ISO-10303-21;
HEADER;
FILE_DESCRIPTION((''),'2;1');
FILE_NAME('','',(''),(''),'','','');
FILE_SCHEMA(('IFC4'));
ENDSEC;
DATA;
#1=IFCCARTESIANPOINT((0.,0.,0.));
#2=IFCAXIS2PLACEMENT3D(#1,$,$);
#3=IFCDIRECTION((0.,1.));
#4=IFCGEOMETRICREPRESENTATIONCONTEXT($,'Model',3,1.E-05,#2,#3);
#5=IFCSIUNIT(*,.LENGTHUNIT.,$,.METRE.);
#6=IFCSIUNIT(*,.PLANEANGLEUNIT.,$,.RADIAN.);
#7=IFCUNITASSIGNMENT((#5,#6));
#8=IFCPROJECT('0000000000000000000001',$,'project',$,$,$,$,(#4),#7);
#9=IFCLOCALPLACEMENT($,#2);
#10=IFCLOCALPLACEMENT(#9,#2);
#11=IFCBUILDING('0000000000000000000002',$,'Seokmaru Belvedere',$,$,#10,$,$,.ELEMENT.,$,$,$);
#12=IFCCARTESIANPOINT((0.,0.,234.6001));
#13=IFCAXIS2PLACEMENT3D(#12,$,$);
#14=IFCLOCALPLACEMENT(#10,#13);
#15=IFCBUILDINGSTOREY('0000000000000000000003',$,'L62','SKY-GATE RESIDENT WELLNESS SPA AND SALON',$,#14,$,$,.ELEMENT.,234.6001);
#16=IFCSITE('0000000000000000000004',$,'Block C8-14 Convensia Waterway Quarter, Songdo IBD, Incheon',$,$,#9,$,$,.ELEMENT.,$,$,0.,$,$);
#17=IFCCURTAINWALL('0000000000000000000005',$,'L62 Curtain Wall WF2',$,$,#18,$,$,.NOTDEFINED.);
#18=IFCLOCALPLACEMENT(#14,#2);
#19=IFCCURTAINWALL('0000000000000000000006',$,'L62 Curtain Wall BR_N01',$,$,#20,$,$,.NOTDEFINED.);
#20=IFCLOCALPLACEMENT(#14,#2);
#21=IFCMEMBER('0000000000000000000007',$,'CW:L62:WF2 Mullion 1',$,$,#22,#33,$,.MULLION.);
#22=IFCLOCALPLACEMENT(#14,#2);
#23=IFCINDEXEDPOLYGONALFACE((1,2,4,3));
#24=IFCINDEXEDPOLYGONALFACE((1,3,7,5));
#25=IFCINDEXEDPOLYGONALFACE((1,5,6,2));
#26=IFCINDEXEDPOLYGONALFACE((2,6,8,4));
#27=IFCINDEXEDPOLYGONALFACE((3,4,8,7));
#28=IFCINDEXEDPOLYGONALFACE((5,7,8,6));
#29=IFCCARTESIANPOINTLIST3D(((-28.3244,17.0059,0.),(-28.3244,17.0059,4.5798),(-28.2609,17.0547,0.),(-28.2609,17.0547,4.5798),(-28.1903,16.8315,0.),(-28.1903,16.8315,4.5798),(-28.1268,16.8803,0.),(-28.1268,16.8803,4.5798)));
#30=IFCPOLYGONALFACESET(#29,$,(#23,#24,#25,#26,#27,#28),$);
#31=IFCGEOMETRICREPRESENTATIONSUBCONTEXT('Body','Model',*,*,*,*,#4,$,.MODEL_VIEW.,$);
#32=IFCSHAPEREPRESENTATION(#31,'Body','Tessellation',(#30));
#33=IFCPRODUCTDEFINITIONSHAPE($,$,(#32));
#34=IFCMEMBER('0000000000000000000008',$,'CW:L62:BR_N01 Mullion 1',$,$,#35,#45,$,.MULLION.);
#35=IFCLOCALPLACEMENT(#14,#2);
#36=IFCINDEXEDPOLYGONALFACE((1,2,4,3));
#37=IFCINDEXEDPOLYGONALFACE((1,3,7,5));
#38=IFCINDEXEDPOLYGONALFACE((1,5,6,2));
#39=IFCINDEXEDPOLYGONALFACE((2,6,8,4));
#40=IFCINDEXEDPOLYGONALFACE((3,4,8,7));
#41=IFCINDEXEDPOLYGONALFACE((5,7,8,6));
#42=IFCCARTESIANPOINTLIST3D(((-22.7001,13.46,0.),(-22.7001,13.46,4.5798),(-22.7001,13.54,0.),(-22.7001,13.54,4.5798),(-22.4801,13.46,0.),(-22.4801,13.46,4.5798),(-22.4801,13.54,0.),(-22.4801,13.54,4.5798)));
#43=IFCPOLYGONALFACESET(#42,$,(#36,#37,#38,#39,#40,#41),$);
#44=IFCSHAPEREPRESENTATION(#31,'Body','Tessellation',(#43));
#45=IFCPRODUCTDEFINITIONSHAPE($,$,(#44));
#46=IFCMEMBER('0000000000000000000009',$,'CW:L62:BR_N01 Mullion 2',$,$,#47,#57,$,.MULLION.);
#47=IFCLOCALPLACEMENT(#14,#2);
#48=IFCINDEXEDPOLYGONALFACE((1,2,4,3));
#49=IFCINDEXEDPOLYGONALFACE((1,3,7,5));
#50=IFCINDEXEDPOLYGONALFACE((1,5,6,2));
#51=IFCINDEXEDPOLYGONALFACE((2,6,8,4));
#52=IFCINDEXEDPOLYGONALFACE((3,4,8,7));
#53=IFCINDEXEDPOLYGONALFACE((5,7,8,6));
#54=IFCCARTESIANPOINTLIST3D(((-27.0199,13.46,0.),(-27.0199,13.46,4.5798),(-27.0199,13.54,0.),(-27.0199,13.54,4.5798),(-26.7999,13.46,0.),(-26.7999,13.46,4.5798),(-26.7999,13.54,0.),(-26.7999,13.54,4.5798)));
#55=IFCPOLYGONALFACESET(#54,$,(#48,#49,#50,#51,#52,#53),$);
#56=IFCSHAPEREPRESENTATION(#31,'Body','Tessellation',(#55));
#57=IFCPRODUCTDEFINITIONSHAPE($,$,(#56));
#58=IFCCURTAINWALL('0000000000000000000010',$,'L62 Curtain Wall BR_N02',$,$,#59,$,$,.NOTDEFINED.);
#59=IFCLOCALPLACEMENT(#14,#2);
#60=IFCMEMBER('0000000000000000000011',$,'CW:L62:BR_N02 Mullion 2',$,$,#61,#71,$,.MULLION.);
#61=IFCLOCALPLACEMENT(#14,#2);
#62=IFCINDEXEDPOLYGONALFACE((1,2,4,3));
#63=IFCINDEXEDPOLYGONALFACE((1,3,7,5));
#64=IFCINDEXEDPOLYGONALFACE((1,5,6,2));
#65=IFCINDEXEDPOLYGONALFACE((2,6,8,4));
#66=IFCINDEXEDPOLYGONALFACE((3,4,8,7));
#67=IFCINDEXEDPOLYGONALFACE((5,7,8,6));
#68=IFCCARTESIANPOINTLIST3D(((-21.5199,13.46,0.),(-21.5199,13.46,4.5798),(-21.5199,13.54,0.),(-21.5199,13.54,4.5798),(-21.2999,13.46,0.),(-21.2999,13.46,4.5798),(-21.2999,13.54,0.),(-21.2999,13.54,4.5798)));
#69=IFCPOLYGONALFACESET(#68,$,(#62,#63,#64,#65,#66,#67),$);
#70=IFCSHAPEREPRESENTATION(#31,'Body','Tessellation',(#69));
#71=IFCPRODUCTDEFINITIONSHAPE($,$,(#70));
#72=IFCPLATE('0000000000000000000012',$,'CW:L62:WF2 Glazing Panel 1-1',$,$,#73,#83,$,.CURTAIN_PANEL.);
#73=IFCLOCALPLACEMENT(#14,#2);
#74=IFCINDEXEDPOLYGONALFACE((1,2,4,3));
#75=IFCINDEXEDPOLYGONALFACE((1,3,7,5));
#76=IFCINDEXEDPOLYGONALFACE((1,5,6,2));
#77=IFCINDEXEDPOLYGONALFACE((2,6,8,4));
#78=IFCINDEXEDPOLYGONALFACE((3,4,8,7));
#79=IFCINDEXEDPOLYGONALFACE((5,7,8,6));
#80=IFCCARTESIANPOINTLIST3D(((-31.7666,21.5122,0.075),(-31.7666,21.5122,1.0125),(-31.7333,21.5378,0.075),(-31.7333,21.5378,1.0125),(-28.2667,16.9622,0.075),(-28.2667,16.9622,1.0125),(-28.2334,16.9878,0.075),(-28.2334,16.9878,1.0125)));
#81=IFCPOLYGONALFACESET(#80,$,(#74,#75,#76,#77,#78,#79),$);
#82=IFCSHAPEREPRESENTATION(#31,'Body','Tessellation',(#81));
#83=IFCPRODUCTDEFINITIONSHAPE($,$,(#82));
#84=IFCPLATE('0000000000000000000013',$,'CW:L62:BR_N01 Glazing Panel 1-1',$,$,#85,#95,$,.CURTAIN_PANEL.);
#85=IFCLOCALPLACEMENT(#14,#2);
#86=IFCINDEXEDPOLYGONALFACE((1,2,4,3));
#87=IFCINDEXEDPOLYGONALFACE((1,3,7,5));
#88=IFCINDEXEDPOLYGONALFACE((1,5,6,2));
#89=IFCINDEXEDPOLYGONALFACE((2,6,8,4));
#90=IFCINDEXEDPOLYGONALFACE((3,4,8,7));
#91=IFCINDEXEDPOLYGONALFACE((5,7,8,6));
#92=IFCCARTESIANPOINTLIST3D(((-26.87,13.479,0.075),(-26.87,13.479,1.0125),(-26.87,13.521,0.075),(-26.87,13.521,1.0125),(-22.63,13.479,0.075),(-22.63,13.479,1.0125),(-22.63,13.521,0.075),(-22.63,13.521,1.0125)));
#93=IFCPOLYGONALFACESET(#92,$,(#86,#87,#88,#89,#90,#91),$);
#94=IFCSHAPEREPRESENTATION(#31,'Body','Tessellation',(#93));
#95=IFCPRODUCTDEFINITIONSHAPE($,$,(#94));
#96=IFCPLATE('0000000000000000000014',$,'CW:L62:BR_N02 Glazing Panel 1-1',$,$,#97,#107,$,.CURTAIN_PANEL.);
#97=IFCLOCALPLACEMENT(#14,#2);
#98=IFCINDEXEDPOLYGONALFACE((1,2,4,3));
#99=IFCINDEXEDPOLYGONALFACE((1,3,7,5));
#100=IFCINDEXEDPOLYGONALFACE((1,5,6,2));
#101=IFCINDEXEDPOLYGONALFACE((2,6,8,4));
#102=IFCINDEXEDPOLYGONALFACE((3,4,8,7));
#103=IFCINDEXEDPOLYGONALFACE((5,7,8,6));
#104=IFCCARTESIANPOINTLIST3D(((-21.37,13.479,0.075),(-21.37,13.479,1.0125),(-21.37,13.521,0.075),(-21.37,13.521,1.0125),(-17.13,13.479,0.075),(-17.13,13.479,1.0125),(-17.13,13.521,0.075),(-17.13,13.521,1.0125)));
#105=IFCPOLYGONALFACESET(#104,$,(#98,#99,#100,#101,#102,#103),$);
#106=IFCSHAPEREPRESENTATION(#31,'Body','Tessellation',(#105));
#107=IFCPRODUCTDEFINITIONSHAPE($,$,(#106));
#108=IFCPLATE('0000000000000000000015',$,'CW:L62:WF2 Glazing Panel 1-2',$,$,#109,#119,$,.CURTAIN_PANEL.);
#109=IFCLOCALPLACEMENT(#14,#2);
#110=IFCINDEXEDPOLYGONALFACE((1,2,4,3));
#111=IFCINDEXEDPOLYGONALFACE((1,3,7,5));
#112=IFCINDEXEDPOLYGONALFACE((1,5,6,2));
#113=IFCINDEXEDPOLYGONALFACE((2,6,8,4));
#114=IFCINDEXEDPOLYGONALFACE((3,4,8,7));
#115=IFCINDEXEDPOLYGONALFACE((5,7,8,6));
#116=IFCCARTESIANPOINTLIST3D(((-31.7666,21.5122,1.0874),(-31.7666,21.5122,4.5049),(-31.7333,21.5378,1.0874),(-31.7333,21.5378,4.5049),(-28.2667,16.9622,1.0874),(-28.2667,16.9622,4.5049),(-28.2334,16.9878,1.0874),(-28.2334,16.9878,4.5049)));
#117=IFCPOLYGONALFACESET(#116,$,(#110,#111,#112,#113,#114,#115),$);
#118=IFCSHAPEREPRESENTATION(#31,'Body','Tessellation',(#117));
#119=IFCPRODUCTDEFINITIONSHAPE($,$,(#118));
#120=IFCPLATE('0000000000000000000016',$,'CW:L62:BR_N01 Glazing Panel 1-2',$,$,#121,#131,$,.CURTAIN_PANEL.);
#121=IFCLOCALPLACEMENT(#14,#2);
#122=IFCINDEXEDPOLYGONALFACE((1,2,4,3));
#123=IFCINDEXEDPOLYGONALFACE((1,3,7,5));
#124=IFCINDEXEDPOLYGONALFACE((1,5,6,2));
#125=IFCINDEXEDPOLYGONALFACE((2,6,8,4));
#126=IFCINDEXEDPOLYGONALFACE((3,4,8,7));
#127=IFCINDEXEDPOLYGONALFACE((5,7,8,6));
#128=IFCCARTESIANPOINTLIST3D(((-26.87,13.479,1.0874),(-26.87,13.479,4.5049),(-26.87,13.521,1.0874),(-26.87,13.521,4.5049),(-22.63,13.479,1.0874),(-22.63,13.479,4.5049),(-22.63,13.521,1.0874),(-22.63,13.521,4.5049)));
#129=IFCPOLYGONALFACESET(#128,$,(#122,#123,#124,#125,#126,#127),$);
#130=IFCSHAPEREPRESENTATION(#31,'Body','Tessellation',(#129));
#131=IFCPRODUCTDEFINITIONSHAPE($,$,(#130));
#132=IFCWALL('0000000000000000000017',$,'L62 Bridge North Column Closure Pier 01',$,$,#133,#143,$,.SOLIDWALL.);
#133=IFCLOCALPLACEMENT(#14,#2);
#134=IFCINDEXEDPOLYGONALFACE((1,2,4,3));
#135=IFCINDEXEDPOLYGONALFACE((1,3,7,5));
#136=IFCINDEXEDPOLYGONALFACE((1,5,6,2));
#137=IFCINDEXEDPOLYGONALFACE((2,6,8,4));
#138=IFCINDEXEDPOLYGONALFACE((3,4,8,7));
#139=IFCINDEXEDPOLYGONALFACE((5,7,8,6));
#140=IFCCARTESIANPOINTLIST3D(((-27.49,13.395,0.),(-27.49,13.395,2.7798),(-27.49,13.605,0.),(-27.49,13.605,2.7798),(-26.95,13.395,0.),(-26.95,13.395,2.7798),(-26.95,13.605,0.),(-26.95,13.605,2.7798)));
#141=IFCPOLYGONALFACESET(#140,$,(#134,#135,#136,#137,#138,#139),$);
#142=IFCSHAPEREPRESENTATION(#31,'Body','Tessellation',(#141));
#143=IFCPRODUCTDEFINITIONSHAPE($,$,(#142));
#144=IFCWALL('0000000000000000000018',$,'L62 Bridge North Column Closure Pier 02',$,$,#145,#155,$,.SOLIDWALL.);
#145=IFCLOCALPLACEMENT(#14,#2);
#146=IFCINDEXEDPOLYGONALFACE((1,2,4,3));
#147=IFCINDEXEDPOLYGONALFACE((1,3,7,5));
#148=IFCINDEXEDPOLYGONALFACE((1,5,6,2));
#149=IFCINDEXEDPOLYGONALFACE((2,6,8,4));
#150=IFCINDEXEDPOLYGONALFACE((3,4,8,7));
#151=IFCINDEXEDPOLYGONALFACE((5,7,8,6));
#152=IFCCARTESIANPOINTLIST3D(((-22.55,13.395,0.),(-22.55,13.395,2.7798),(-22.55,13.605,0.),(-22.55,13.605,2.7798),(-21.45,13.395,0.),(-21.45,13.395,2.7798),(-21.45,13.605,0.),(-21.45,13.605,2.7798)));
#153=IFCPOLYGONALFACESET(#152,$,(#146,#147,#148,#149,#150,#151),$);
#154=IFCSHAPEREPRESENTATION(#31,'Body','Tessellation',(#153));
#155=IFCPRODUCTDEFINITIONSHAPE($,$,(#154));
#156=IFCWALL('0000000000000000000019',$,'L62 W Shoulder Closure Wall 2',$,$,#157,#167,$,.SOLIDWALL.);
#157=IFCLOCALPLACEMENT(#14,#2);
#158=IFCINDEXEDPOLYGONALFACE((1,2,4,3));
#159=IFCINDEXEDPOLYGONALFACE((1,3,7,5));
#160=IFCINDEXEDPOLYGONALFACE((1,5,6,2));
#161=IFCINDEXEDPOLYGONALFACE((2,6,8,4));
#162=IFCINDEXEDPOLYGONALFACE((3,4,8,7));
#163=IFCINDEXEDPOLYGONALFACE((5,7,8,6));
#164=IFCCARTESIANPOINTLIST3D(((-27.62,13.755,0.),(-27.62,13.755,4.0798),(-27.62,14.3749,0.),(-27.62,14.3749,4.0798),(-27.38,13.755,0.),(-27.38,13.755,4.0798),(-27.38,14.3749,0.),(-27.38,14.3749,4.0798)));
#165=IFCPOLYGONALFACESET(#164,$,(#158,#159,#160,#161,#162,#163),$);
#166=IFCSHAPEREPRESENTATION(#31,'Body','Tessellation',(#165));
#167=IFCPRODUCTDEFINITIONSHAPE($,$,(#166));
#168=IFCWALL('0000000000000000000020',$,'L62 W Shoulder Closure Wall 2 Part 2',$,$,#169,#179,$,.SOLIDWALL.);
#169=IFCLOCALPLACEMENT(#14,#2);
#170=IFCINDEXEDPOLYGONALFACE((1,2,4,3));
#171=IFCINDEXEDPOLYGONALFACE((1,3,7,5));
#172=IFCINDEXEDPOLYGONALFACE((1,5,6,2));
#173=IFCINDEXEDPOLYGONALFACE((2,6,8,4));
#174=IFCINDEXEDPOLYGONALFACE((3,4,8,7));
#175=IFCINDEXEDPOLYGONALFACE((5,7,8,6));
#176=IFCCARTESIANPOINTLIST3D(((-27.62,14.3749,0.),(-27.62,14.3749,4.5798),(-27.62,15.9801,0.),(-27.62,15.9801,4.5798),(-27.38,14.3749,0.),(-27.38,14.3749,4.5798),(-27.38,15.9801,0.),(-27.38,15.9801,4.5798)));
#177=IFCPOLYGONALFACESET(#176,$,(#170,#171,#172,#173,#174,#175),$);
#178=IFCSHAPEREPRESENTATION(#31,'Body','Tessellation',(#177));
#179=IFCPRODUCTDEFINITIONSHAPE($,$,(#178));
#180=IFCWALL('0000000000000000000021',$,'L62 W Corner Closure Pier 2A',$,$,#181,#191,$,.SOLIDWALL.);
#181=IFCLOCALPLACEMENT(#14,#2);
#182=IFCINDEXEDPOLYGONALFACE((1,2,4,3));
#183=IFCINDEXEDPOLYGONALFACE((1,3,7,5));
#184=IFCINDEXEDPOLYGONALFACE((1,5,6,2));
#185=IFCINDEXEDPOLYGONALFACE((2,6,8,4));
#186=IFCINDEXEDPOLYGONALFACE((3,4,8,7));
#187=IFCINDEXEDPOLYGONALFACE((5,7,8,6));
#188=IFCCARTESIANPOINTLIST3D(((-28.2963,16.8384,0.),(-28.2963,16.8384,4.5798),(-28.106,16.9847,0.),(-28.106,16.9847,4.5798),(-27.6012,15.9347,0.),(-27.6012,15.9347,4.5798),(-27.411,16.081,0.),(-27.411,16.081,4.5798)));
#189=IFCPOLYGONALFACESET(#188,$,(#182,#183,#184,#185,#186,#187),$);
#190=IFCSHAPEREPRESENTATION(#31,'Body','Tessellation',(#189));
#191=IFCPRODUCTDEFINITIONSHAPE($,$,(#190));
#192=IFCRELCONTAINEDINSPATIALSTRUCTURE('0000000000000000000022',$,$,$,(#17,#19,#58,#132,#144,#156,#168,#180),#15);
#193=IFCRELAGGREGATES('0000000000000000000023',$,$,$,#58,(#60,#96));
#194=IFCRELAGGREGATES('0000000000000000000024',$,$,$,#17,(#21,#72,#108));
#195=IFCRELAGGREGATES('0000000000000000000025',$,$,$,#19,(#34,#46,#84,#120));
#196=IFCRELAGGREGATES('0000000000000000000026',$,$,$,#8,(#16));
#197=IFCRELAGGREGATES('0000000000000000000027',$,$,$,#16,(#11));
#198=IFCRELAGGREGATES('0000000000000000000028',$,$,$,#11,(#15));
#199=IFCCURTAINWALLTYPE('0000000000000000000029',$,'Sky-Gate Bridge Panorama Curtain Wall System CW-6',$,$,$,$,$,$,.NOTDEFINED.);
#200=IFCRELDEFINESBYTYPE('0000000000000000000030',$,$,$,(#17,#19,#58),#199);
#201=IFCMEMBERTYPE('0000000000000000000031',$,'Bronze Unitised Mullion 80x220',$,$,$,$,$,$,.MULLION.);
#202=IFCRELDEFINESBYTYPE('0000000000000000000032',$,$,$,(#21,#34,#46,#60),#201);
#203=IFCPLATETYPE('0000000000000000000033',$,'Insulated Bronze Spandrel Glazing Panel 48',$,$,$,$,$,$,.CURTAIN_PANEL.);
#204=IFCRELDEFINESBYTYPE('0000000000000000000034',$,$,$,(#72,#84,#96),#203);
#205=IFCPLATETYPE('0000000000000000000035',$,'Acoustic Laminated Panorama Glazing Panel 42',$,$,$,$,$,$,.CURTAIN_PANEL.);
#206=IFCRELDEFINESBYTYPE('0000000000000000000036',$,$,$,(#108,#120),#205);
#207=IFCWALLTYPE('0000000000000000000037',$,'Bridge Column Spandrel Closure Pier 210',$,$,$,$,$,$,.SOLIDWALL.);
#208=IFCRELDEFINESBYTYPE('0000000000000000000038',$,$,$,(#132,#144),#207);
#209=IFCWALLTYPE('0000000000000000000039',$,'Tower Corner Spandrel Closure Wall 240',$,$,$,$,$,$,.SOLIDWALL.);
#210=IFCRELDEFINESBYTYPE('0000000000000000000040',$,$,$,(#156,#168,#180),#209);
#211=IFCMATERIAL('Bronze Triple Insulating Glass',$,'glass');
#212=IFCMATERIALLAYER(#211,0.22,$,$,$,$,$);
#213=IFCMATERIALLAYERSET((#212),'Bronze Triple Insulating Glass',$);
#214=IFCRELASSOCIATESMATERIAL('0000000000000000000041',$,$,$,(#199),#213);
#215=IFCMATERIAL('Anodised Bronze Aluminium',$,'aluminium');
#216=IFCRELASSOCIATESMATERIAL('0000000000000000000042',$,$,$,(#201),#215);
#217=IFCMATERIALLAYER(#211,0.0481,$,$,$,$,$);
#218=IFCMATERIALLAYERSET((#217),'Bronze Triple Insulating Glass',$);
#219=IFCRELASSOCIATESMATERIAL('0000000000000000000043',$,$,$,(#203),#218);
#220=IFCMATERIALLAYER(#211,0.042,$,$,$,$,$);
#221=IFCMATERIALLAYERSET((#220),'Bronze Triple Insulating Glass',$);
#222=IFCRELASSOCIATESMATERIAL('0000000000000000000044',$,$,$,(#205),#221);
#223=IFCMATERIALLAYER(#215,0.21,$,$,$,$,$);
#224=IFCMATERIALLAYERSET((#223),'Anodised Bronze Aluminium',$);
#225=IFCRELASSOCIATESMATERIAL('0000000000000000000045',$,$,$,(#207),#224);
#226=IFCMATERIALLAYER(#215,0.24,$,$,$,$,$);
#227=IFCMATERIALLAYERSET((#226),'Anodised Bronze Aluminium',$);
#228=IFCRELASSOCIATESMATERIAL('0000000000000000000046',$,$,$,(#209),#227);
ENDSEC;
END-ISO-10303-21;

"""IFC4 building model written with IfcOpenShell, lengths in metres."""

from ifc_helpers import new_model, si_unit, direction, frame, frame_2d, origin, origin_2d, place, context, subcontext, project, spatial, rectangle, extrude, source, transform, mapped, material, layer, layer_set, material_profile, profile_set, type_object, type_shapes, element, aggregate, save


model = new_model("IFC4")

# Units and contexts
model_context = context("Model", 3, precision=1e-05, world=origin(), true_north=direction((0.0, 1.0)))
body_context = subcontext(model_context, "Body", "Model", "MODEL_VIEW")
ifc_project = project(units=[si_unit("LENGTHUNIT", "METRE"), si_unit("PLANEANGLEUNIT", "RADIAN")], contexts=[model_context])

# Site, building, storey
site_placement = place(None, origin())
site = spatial("IfcSite", under=ifc_project, at=site_placement, Name="Block C8-14 Convensia Waterway Quarter, Songdo IBD, Incheon", CompositionType="ELEMENT", RefElevation=0.0)
building_placement = place(site_placement, origin())
building = spatial("IfcBuilding", under=site, at=building_placement, Name="Seokmaru Belvedere", CompositionType="ELEMENT")
storey_placement = place(building_placement, frame((0.0, 0.0, 234.6001)))
storey = spatial("IfcBuildingStorey", under=building, at=storey_placement, Name="L62", Description="SKY-GATE RESIDENT WELLNESS SPA AND SALON", CompositionType="ELEMENT", Elevation=234.6001)

# Curtain walls
ifc_material_1 = material(Name="Bronze Triple Insulating Glass", Category="glass")
ifc_layer_1 = layer(ifc_material_1, 0.22)
ifc_layer_set_1 = layer_set([ifc_layer_1], Name="Bronze Triple Insulating Glass")
curtain_wall_type = type_object("IfcCurtainWallType", Name="Sky-Gate Bridge Panorama Curtain Wall System CW-6", PredefinedType="NOTDEFINED", material=ifc_layer_set_1)
curtain_wall_1_placement = place(storey_placement, origin())
curtain_wall_1 = element("IfcCurtainWall", 1, at=curtain_wall_1_placement, inside=storey, type_object=curtain_wall_type, Name="L62 Curtain Wall WF2", PredefinedType="NOTDEFINED")
ifc_material_2 = material(Name="Anodised Bronze Aluminium", Category="aluminium")
curtain_wall_2_placement = place(storey_placement, origin())
curtain_wall_2 = element("IfcCurtainWall", 2, at=curtain_wall_2_placement, inside=storey, type_object=curtain_wall_type, Name="L62 Curtain Wall BR_N01", PredefinedType="NOTDEFINED")

# Members
ifc_material_profile_1 = material_profile(ifc_material_2, rectangle(XDim=0.0801, YDim=0.22, at=origin_2d()), Name="CW-M-80x220")
ifc_profile_set_1 = profile_set([ifc_material_profile_1], Name="Anodised Bronze Aluminium")
member_type_1 = type_object("IfcMemberType", Name="Bronze Unitised Mullion 80x220", PredefinedType="MULLION", material=ifc_profile_set_1)
shared_shape_1 = source(origin(), body_context, "Body", "SweptSolid", [
    extrude(rectangle(XDim=0.0801, YDim=0.22, at=origin_2d()), origin(), (0.0, 0.0, 1.0), 4.5798),
])
type_shapes(member_type_1, [shared_shape_1])
member_1_placement = place(storey_placement, frame((-28.2256, 16.9431, 0.0), z_axis=(0.0, 0.0, 1.0), x_axis=(-0.792631, -0.609701, 0.0)))
member_1 = element("IfcMember", 3, at=member_1_placement, type_object=member_type_1, Name="CW:L62:WF2 Mullion 1", PredefinedType="MULLION", context=body_context, shape_type="MappedRepresentation", body=[
    mapped(shared_shape_1, transform((0.0, 0.0, 0.0), scale=1.0)),
])
member_2_placement = place(storey_placement, frame((-22.5901, 13.5, 0.0), z_axis=(0.0, 0.0, 1.0), x_axis=(0.0, -1.0, 0.0)))
member_2 = element("IfcMember", 4, at=member_2_placement, type_object=member_type_1, Name="CW:L62:BR_N01 Mullion 1", PredefinedType="MULLION", context=body_context, shape_type="MappedRepresentation", body=[
    mapped(shared_shape_1, transform((0.0, 0.0, 0.0), scale=1.0)),
])
member_3_placement = place(storey_placement, frame((-26.9099, 13.5, 0.0), z_axis=(0.0, 0.0, 1.0), x_axis=(0.0, -1.0, 0.0)))
member_3 = element("IfcMember", 5, at=member_3_placement, type_object=member_type_1, Name="CW:L62:BR_N01 Mullion 2", PredefinedType="MULLION", context=body_context, shape_type="MappedRepresentation", body=[
    mapped(shared_shape_1, transform((0.0, 0.0, 0.0), scale=1.0)),
])

# Curtain wall, member
curtain_wall_3_placement = place(storey_placement, origin())
curtain_wall_3 = element("IfcCurtainWall", 6, at=curtain_wall_3_placement, inside=storey, type_object=curtain_wall_type, Name="L62 Curtain Wall BR_N02", PredefinedType="NOTDEFINED")
member_4_placement = place(storey_placement, frame((-21.4099, 13.5, 0.0), z_axis=(0.0, 0.0, 1.0), x_axis=(0.0, -1.0, 0.0)))
member_4 = element("IfcMember", 7, at=member_4_placement, type_object=member_type_1, Name="CW:L62:BR_N02 Mullion 2", PredefinedType="MULLION", context=body_context, shape_type="MappedRepresentation", body=[
    mapped(shared_shape_1, transform((0.0, 0.0, 0.0), scale=1.0)),
])

# Plates
ifc_layer_2 = layer(ifc_material_1, 0.0481)
ifc_layer_set_2 = layer_set([ifc_layer_2], Name="Bronze Triple Insulating Glass")
plate_type_1 = type_object("IfcPlateType", Name="Insulated Bronze Spandrel Glazing Panel 48", PredefinedType="CURTAIN_PANEL", material=ifc_layer_set_2)
shared_shape_2 = source(origin(), body_context, "Body", "SweptSolid", [
    extrude(rectangle(XDim=5.7405, YDim=0.042, at=origin_2d()), origin(), (0.0, 0.0, 1.0), 0.9375),
])
plate_1_placement = place(storey_placement, frame((-30.0, 19.25, 0.075), z_axis=(0.0, 0.0, 1.0), x_axis=(-0.609701, 0.792631, 0.0)))
plate_1 = element("IfcPlate", 8, at=plate_1_placement, type_object=plate_type_1, Name="CW:L62:WF2 Glazing Panel 1-1", PredefinedType="CURTAIN_PANEL", context=body_context, shape_type="MappedRepresentation", body=[
    mapped(shared_shape_2, transform((0.0, 0.0, 0.0), scale=1.0)),
])
shared_shape_3 = source(origin(), body_context, "Body", "SweptSolid", [
    extrude(rectangle(XDim=4.24, YDim=0.042, at=origin_2d()), origin(), (0.0, 0.0, 1.0), 0.9375),
])
type_shapes(plate_type_1, [shared_shape_2, shared_shape_3])
plate_2_placement = place(storey_placement, frame((-24.75, 13.5, 0.075), z_axis=(0.0, 0.0, 1.0), x_axis=(-1.0, 0.0, 0.0)))
plate_2 = element("IfcPlate", 9, at=plate_2_placement, type_object=plate_type_1, Name="CW:L62:BR_N01 Glazing Panel 1-1", PredefinedType="CURTAIN_PANEL", context=body_context, shape_type="MappedRepresentation", body=[
    mapped(shared_shape_3, transform((0.0, 0.0, 0.0), scale=1.0)),
])
plate_3_placement = place(storey_placement, frame((-19.25, 13.5, 0.075), z_axis=(0.0, 0.0, 1.0), x_axis=(-1.0, 0.0, 0.0)))
plate_3 = element("IfcPlate", 10, at=plate_3_placement, type_object=plate_type_1, Name="CW:L62:BR_N02 Glazing Panel 1-1", PredefinedType="CURTAIN_PANEL", context=body_context, shape_type="MappedRepresentation", body=[
    mapped(shared_shape_3, transform((0.0, 0.0, 0.0), scale=1.0)),
])
aggregate(curtain_wall_3, [member_4, plate_3])
ifc_layer_3 = layer(ifc_material_1, 0.042)
ifc_layer_set_3 = layer_set([ifc_layer_3], Name="Bronze Triple Insulating Glass")
plate_type_2 = type_object("IfcPlateType", Name="Acoustic Laminated Panorama Glazing Panel 42", PredefinedType="CURTAIN_PANEL", material=ifc_layer_set_3)
shared_shape_4 = source(origin(), body_context, "Body", "SweptSolid", [
    extrude(rectangle(XDim=5.7405, YDim=0.042, at=origin_2d()), origin(), (0.0, 0.0, 1.0), 3.4175),
])
plate_4_placement = place(storey_placement, frame((-30.0, 19.25, 1.0874), z_axis=(0.0, 0.0, 1.0), x_axis=(-0.609701, 0.792631, 0.0)))
plate_4 = element("IfcPlate", 11, at=plate_4_placement, type_object=plate_type_2, Name="CW:L62:WF2 Glazing Panel 1-2", PredefinedType="CURTAIN_PANEL", context=body_context, shape_type="MappedRepresentation", body=[
    mapped(shared_shape_4, transform((0.0, 0.0, 0.0), scale=1.0)),
])
aggregate(curtain_wall_1, [member_1, plate_1, plate_4])
shared_shape_5 = source(origin(), body_context, "Body", "SweptSolid", [
    extrude(rectangle(XDim=4.24, YDim=0.042, at=origin_2d()), origin(), (0.0, 0.0, 1.0), 3.4175),
])
type_shapes(plate_type_2, [shared_shape_4, shared_shape_5])
plate_5_placement = place(storey_placement, frame((-24.75, 13.5, 1.0874), z_axis=(0.0, 0.0, 1.0), x_axis=(-1.0, 0.0, 0.0)))
plate_5 = element("IfcPlate", 12, at=plate_5_placement, type_object=plate_type_2, Name="CW:L62:BR_N01 Glazing Panel 1-2", PredefinedType="CURTAIN_PANEL", context=body_context, shape_type="MappedRepresentation", body=[
    mapped(shared_shape_5, transform((0.0, 0.0, 0.0), scale=1.0)),
])
aggregate(curtain_wall_2, [member_2, member_3, plate_2, plate_5])

# Walls
ifc_layer_4 = layer(ifc_material_2, 0.21)
ifc_layer_set_4 = layer_set([ifc_layer_4], Name="Anodised Bronze Aluminium")
wall_type_1 = type_object("IfcWallType", Name="Bridge Column Spandrel Closure Pier 210", PredefinedType="SOLIDWALL", material=ifc_layer_set_4)
wall_1_placement = place(storey_placement, frame((-27.49, 13.5, 0.0), z_axis=(0.0, 0.0, 1.0), x_axis=(1.0, 0.0, 0.0)))
element("IfcWall", 13, at=wall_1_placement, inside=storey, type_object=wall_type_1, Name="L62 Bridge North Column Closure Pier 01", PredefinedType="SOLIDWALL", context=body_context, shape_type="SweptSolid", body=[
    extrude(rectangle(XDim=0.54, YDim=0.21, at=frame_2d((0.27, 0.0))), origin(), (0.0, 0.0, 1.0), 2.7798),
])
wall_2_placement = place(storey_placement, frame((-22.55, 13.5, 0.0), z_axis=(0.0, 0.0, 1.0), x_axis=(1.0, 0.0, 0.0)))
element("IfcWall", 14, at=wall_2_placement, inside=storey, type_object=wall_type_1, Name="L62 Bridge North Column Closure Pier 02", PredefinedType="SOLIDWALL", context=body_context, shape_type="SweptSolid", body=[
    extrude(rectangle(XDim=1.1001, YDim=0.21, at=frame_2d((0.55, 0.0))), origin(), (0.0, 0.0, 1.0), 2.7798),
])
ifc_layer_5 = layer(ifc_material_2, 0.24)
ifc_layer_set_5 = layer_set([ifc_layer_5], Name="Anodised Bronze Aluminium")
wall_type_2 = type_object("IfcWallType", Name="Tower Corner Spandrel Closure Wall 240", PredefinedType="SOLIDWALL", material=ifc_layer_set_5)
wall_3_placement = place(storey_placement, frame((-27.5, 13.7549, 0.0), z_axis=(0.0, 0.0, 1.0), x_axis=(0.0, 1.0, 0.0)))
element("IfcWall", 15, at=wall_3_placement, inside=storey, type_object=wall_type_2, Name="L62 W Shoulder Closure Wall 2", PredefinedType="SOLIDWALL", context=body_context, shape_type="SweptSolid", body=[
    extrude(rectangle(XDim=0.6199, YDim=0.24, at=frame_2d((0.3101, 0.0))), origin(), (0.0, 0.0, 1.0), 4.0798),
])
wall_4_placement = place(storey_placement, frame((-27.5, 14.3748, 0.0), z_axis=(0.0, 0.0, 1.0), x_axis=(0.0, 1.0, 0.0)))
element("IfcWall", 16, at=wall_4_placement, inside=storey, type_object=wall_type_2, Name="L62 W Shoulder Closure Wall 2 Part 2", PredefinedType="SOLIDWALL", context=body_context, shape_type="SweptSolid", body=[
    extrude(rectangle(XDim=1.6052, YDim=0.24, at=frame_2d((0.8027, 0.0))), origin(), (0.0, 0.0, 1.0), 4.5798),
])
wall_5_placement = place(storey_placement, frame((-27.5061, 16.0078, 0.0), z_axis=(0.0, 0.0, 1.0), x_axis=(-0.609618, 0.792696, 0.0)))
element("IfcWall", 17, at=wall_5_placement, inside=storey, type_object=wall_type_2, Name="L62 W Corner Closure Pier 2A", PredefinedType="SOLIDWALL", context=body_context, shape_type="SweptSolid", body=[
    extrude(rectangle(XDim=1.1401, YDim=0.24, at=frame_2d((0.5701, 0.0))), origin(), (0.0, 0.0, 1.0), 4.5798),
])

save(model, "model.ifc")
